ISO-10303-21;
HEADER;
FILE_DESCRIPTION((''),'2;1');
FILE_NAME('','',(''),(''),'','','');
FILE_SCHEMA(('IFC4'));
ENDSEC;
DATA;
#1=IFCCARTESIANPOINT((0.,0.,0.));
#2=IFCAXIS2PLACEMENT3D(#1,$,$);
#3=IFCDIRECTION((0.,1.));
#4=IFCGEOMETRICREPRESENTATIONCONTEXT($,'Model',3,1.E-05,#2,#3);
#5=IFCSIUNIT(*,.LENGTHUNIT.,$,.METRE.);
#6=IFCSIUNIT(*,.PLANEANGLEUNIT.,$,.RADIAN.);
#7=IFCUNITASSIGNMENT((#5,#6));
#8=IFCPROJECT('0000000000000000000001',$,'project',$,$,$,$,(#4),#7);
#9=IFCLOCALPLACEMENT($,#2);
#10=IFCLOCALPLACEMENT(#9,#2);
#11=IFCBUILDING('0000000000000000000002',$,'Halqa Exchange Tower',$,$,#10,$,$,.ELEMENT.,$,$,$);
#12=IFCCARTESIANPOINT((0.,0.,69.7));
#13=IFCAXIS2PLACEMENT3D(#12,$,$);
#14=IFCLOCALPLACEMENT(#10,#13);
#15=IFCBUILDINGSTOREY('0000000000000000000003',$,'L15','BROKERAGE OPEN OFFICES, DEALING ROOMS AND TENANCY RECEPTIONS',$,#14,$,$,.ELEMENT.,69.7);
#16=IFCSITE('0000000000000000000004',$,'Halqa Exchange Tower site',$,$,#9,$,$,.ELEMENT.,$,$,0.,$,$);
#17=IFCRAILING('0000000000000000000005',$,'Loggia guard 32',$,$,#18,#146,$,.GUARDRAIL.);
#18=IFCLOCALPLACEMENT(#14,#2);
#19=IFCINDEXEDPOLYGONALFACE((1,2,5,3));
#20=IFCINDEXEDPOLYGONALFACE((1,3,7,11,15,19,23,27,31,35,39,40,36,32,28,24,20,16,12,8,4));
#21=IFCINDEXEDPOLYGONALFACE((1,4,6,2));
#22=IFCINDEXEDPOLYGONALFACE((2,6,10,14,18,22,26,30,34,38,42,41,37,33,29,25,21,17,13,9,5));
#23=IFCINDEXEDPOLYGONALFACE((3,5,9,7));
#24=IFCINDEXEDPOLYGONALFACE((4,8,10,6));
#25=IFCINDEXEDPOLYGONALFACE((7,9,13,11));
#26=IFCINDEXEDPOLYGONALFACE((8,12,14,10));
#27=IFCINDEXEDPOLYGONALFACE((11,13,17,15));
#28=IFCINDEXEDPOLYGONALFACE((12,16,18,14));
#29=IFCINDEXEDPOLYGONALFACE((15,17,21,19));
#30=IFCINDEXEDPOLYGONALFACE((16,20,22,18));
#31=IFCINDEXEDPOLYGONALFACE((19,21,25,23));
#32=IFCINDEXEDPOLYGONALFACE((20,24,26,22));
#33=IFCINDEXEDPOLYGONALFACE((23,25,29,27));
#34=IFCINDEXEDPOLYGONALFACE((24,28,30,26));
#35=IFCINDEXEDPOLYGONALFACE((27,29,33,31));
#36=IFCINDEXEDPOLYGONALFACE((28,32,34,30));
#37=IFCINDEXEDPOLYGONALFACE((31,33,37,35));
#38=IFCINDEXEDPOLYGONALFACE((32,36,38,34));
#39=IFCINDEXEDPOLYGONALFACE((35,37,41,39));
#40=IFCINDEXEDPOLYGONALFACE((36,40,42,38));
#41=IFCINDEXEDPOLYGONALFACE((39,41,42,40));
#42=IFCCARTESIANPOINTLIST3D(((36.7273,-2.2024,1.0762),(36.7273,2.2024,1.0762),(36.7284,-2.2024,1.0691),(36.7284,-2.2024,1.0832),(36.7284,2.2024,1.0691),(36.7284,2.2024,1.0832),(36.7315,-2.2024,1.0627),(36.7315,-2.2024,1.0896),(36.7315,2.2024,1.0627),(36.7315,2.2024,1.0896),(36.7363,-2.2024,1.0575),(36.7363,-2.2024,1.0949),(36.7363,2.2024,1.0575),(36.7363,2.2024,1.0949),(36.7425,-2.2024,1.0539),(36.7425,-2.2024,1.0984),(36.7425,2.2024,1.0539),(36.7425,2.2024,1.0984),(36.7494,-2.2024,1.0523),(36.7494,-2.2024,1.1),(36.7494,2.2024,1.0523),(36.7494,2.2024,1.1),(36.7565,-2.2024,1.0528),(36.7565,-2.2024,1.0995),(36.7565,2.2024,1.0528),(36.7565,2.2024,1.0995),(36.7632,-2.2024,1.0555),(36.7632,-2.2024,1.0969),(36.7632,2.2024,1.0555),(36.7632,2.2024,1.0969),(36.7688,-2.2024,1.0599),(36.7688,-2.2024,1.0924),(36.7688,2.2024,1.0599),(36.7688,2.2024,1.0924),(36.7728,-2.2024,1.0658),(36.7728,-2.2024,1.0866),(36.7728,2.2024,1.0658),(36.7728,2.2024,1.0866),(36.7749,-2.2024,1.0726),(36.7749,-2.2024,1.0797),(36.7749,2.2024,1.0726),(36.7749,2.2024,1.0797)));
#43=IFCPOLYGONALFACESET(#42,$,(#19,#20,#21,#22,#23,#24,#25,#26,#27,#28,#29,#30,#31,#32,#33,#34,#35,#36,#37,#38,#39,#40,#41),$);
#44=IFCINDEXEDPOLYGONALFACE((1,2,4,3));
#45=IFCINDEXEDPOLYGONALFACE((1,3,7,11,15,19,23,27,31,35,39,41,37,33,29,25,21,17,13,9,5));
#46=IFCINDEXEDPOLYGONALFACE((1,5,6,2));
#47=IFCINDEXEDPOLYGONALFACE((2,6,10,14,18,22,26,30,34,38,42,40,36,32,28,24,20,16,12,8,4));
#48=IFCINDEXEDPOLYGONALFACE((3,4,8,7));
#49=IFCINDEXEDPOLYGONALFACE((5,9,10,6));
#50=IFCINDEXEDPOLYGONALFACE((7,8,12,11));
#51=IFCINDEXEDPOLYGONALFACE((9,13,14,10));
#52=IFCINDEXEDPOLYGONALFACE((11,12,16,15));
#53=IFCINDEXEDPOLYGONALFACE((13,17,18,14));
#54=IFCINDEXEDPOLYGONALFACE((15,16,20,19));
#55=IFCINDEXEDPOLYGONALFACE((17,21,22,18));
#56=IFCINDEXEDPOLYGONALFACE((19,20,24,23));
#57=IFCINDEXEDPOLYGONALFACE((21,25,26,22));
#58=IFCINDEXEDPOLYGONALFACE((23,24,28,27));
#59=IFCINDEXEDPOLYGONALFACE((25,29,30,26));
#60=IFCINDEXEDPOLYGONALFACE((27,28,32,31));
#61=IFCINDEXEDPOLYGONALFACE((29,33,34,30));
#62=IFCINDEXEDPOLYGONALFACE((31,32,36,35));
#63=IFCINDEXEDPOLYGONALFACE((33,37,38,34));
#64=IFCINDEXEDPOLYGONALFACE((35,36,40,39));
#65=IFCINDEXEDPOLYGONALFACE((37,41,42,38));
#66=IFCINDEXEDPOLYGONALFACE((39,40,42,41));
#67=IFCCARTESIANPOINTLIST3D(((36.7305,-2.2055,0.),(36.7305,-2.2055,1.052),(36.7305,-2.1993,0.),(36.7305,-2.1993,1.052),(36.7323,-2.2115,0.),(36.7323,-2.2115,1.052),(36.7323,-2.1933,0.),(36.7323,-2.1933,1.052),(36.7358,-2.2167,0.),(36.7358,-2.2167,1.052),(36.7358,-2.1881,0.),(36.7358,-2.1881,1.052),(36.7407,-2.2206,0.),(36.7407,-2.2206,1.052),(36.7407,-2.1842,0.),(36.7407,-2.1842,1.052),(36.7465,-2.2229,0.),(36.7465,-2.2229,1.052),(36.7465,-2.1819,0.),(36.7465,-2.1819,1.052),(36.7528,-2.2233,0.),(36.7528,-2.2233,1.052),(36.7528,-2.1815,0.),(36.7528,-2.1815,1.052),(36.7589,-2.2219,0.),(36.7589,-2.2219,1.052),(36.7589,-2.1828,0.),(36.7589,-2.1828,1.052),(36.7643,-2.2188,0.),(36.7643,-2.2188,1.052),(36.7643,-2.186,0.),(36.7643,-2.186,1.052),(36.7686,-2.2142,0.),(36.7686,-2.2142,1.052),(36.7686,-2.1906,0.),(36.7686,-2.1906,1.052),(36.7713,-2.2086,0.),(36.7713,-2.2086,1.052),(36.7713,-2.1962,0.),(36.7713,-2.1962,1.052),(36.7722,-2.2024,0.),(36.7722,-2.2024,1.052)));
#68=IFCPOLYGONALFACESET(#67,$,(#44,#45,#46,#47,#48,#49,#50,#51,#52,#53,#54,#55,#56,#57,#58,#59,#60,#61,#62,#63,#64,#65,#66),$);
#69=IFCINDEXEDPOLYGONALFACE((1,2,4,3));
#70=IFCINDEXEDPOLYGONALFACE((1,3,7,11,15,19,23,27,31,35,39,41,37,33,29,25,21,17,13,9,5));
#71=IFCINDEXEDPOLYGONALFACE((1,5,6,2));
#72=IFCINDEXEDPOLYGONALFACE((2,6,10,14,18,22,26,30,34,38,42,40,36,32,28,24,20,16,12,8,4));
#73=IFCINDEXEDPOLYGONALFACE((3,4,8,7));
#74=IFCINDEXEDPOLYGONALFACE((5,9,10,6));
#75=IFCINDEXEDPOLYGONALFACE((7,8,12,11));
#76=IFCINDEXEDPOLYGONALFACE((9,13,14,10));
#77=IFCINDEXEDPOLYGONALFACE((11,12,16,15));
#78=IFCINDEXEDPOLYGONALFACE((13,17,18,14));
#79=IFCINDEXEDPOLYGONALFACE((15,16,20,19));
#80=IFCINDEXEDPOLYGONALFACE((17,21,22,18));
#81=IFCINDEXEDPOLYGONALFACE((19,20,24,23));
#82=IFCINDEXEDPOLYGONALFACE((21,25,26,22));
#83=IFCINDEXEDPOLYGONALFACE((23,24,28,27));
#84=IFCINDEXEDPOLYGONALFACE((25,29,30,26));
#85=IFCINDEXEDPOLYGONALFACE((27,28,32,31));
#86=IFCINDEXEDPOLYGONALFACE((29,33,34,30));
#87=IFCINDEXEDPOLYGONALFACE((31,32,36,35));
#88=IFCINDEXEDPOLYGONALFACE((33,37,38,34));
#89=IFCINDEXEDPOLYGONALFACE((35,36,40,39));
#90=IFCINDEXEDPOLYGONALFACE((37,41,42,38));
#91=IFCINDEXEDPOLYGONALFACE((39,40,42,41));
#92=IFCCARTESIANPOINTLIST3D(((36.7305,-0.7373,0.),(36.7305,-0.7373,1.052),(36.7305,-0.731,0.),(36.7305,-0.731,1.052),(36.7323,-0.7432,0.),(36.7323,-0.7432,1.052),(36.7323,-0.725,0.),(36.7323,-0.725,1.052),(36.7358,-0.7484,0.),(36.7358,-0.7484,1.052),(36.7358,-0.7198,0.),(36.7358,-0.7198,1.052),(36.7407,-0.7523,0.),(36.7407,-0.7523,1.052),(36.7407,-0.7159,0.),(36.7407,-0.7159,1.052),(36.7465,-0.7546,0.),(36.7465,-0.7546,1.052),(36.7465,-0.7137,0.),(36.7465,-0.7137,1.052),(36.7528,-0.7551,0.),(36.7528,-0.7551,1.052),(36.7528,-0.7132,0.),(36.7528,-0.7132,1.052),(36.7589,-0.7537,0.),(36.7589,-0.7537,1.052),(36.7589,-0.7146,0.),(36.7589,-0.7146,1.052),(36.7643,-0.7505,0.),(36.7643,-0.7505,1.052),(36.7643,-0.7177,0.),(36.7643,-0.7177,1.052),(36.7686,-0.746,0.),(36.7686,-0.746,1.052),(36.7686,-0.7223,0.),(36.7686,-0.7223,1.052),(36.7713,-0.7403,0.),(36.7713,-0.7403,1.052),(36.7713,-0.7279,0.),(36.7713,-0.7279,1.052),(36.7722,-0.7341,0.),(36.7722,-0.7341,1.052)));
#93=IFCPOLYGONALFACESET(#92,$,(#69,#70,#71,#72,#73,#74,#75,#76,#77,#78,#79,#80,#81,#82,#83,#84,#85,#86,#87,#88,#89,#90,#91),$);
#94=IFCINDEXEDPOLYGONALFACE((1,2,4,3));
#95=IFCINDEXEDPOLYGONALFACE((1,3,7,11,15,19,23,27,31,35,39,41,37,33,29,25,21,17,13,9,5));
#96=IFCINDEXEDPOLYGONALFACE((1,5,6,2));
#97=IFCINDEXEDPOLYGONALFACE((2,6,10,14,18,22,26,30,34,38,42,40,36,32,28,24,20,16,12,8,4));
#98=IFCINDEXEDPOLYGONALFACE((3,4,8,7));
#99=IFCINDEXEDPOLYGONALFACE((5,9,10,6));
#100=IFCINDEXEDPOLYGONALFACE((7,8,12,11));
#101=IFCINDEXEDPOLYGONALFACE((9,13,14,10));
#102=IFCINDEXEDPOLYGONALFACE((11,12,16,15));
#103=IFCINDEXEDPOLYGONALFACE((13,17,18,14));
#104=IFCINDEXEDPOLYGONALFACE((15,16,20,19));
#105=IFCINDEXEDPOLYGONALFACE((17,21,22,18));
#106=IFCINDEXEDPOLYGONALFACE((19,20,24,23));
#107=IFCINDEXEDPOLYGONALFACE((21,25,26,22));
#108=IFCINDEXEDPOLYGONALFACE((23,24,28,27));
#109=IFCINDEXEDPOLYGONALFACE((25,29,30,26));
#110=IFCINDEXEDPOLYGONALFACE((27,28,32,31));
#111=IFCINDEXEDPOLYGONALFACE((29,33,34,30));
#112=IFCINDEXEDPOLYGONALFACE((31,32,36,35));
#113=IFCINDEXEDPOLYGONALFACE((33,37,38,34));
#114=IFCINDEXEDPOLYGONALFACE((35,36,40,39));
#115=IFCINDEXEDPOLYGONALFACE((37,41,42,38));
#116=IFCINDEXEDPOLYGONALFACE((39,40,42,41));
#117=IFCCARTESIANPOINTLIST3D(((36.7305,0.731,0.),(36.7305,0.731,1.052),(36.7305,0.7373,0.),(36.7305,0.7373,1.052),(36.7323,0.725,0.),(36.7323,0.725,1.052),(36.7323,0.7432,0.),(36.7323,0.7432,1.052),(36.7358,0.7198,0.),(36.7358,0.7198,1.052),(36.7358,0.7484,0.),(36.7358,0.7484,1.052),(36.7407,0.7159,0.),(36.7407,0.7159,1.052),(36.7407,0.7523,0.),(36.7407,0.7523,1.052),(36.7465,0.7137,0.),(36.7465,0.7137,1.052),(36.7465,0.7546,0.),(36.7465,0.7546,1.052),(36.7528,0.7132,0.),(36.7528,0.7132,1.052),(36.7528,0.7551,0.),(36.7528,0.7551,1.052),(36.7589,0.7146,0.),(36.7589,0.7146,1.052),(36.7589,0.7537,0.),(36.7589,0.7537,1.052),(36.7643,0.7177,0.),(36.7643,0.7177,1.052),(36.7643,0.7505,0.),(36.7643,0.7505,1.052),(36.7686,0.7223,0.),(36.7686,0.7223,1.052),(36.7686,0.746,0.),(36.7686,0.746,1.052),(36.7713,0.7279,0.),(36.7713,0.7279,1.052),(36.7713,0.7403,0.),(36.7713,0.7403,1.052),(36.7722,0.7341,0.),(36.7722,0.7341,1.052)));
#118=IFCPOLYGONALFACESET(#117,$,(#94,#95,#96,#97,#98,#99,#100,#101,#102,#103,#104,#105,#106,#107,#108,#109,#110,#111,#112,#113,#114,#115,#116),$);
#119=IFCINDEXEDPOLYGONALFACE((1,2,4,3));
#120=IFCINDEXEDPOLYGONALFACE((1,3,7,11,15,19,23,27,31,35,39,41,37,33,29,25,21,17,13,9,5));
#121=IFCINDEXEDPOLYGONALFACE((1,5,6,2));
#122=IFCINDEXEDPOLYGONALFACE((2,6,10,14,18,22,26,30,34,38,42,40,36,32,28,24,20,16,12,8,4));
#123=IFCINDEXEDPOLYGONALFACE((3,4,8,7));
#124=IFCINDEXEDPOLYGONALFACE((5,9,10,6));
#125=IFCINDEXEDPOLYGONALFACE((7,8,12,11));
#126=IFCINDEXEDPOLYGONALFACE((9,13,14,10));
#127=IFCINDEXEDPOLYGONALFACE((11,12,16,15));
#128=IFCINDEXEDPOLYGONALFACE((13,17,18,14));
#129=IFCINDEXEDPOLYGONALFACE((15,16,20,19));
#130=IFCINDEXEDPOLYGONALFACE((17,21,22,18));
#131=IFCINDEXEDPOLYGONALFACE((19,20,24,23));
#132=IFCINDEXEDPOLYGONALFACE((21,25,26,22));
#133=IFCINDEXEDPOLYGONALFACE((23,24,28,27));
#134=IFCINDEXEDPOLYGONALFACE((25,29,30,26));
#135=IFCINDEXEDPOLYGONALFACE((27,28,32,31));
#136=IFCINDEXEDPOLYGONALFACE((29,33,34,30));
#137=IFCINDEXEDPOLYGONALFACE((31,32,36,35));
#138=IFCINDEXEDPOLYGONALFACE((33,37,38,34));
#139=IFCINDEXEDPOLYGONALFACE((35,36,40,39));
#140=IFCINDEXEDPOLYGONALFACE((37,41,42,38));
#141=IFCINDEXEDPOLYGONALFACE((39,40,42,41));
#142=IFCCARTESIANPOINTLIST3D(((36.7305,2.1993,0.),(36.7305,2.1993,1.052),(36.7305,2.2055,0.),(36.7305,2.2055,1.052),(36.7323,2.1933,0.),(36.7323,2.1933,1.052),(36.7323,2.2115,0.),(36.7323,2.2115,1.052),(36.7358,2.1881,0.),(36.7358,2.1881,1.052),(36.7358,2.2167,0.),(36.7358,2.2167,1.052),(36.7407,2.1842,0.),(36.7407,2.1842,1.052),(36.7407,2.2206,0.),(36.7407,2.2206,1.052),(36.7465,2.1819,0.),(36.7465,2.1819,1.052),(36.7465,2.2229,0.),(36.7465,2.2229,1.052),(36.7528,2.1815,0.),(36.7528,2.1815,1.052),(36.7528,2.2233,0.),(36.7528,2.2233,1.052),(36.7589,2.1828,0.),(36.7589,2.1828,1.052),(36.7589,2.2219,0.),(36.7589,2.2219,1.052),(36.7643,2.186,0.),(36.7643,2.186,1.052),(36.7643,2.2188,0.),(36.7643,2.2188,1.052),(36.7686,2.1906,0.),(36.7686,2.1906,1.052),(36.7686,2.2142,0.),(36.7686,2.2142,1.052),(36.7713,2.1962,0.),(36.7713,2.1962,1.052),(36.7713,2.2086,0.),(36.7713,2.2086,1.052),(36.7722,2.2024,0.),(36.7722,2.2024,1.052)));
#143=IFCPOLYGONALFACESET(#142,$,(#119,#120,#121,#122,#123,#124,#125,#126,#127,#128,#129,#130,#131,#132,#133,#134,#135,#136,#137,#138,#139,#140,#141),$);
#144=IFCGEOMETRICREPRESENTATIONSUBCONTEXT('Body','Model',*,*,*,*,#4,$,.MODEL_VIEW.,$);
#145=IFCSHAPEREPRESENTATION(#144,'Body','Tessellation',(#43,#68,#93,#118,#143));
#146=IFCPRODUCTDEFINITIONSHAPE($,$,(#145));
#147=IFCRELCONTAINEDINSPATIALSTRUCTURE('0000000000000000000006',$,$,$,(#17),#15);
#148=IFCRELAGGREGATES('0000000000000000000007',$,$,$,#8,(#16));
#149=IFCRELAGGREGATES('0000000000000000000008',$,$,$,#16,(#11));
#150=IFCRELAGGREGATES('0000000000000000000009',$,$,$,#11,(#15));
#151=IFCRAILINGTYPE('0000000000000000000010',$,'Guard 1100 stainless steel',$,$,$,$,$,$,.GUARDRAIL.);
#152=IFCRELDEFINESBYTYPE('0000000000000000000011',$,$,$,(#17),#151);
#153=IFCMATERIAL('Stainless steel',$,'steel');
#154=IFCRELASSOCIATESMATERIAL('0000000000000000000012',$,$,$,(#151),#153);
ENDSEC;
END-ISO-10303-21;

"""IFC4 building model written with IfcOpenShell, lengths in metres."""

from ifc_helpers import new_model, si_unit, direction, frame, origin, origin_2d, place, context, subcontext, project, spatial, circle, extrude, material, type_object, element, save


model = new_model("IFC4")

# Units and contexts
model_context = context("Model", 3, precision=1e-05, world=origin(), true_north=direction((0.0, 1.0)))
body_context = subcontext(model_context, "Body", "Model", "MODEL_VIEW")
ifc_project = project(units=[si_unit("LENGTHUNIT", "METRE"), si_unit("PLANEANGLEUNIT", "RADIAN")], contexts=[model_context])

# Site, building, storey
site_placement = place(None, origin())
site = spatial("IfcSite", under=ifc_project, at=site_placement, Name="Halqa Exchange Tower site", CompositionType="ELEMENT", RefElevation=0.0)
building_placement = place(site_placement, origin())
building = spatial("IfcBuilding", under=site, at=building_placement, Name="Halqa Exchange Tower", CompositionType="ELEMENT")
storey_placement = place(building_placement, frame((0.0, 0.0, 69.7)))
storey = spatial("IfcBuildingStorey", under=building, at=storey_placement, Name="L15", Description="BROKERAGE OPEN OFFICES, DEALING ROOMS AND TENANCY RECEPTIONS", CompositionType="ELEMENT", Elevation=69.7)

# Railing
ifc_material_1 = material(Name="Stainless steel", Category="steel")
railing_type = type_object("IfcRailingType", Name="Guard 1100 stainless steel", PredefinedType="GUARDRAIL", material=ifc_material_1)
railing_1_placement = place(storey_placement, frame((36.7512, -2.2024, 0.0)))
element("IfcRailing", 1, at=railing_1_placement, inside=storey, type_object=railing_type, Name="Loggia guard 32", PredefinedType="GUARDRAIL", context=body_context, shape_type="SweptSolid", body=[
    extrude(circle(Radius=0.0239, at=origin_2d()), frame((0.0, 0.0, 1.0762), z_axis=(0.0, 1.0, 0.0), x_axis=(-1.0, 0.0, 0.0)), (0.0, 0.0, 1.0), 4.4048),
    extrude(circle(Radius=0.021, at=origin_2d()), origin(), (0.0, 0.0, 1.0), 1.052),
    extrude(circle(Radius=0.021, at=origin_2d()), frame((0.0, 1.4683, 0.0)), (0.0, 0.0, 1.0), 1.052),
    extrude(circle(Radius=0.021, at=origin_2d()), frame((0.0, 2.9365, 0.0)), (0.0, 0.0, 1.0), 1.052),
    extrude(circle(Radius=0.021, at=origin_2d()), frame((0.0, 4.4048, 0.0)), (0.0, 0.0, 1.0), 1.052),
])

save(model, "model.ifc")
